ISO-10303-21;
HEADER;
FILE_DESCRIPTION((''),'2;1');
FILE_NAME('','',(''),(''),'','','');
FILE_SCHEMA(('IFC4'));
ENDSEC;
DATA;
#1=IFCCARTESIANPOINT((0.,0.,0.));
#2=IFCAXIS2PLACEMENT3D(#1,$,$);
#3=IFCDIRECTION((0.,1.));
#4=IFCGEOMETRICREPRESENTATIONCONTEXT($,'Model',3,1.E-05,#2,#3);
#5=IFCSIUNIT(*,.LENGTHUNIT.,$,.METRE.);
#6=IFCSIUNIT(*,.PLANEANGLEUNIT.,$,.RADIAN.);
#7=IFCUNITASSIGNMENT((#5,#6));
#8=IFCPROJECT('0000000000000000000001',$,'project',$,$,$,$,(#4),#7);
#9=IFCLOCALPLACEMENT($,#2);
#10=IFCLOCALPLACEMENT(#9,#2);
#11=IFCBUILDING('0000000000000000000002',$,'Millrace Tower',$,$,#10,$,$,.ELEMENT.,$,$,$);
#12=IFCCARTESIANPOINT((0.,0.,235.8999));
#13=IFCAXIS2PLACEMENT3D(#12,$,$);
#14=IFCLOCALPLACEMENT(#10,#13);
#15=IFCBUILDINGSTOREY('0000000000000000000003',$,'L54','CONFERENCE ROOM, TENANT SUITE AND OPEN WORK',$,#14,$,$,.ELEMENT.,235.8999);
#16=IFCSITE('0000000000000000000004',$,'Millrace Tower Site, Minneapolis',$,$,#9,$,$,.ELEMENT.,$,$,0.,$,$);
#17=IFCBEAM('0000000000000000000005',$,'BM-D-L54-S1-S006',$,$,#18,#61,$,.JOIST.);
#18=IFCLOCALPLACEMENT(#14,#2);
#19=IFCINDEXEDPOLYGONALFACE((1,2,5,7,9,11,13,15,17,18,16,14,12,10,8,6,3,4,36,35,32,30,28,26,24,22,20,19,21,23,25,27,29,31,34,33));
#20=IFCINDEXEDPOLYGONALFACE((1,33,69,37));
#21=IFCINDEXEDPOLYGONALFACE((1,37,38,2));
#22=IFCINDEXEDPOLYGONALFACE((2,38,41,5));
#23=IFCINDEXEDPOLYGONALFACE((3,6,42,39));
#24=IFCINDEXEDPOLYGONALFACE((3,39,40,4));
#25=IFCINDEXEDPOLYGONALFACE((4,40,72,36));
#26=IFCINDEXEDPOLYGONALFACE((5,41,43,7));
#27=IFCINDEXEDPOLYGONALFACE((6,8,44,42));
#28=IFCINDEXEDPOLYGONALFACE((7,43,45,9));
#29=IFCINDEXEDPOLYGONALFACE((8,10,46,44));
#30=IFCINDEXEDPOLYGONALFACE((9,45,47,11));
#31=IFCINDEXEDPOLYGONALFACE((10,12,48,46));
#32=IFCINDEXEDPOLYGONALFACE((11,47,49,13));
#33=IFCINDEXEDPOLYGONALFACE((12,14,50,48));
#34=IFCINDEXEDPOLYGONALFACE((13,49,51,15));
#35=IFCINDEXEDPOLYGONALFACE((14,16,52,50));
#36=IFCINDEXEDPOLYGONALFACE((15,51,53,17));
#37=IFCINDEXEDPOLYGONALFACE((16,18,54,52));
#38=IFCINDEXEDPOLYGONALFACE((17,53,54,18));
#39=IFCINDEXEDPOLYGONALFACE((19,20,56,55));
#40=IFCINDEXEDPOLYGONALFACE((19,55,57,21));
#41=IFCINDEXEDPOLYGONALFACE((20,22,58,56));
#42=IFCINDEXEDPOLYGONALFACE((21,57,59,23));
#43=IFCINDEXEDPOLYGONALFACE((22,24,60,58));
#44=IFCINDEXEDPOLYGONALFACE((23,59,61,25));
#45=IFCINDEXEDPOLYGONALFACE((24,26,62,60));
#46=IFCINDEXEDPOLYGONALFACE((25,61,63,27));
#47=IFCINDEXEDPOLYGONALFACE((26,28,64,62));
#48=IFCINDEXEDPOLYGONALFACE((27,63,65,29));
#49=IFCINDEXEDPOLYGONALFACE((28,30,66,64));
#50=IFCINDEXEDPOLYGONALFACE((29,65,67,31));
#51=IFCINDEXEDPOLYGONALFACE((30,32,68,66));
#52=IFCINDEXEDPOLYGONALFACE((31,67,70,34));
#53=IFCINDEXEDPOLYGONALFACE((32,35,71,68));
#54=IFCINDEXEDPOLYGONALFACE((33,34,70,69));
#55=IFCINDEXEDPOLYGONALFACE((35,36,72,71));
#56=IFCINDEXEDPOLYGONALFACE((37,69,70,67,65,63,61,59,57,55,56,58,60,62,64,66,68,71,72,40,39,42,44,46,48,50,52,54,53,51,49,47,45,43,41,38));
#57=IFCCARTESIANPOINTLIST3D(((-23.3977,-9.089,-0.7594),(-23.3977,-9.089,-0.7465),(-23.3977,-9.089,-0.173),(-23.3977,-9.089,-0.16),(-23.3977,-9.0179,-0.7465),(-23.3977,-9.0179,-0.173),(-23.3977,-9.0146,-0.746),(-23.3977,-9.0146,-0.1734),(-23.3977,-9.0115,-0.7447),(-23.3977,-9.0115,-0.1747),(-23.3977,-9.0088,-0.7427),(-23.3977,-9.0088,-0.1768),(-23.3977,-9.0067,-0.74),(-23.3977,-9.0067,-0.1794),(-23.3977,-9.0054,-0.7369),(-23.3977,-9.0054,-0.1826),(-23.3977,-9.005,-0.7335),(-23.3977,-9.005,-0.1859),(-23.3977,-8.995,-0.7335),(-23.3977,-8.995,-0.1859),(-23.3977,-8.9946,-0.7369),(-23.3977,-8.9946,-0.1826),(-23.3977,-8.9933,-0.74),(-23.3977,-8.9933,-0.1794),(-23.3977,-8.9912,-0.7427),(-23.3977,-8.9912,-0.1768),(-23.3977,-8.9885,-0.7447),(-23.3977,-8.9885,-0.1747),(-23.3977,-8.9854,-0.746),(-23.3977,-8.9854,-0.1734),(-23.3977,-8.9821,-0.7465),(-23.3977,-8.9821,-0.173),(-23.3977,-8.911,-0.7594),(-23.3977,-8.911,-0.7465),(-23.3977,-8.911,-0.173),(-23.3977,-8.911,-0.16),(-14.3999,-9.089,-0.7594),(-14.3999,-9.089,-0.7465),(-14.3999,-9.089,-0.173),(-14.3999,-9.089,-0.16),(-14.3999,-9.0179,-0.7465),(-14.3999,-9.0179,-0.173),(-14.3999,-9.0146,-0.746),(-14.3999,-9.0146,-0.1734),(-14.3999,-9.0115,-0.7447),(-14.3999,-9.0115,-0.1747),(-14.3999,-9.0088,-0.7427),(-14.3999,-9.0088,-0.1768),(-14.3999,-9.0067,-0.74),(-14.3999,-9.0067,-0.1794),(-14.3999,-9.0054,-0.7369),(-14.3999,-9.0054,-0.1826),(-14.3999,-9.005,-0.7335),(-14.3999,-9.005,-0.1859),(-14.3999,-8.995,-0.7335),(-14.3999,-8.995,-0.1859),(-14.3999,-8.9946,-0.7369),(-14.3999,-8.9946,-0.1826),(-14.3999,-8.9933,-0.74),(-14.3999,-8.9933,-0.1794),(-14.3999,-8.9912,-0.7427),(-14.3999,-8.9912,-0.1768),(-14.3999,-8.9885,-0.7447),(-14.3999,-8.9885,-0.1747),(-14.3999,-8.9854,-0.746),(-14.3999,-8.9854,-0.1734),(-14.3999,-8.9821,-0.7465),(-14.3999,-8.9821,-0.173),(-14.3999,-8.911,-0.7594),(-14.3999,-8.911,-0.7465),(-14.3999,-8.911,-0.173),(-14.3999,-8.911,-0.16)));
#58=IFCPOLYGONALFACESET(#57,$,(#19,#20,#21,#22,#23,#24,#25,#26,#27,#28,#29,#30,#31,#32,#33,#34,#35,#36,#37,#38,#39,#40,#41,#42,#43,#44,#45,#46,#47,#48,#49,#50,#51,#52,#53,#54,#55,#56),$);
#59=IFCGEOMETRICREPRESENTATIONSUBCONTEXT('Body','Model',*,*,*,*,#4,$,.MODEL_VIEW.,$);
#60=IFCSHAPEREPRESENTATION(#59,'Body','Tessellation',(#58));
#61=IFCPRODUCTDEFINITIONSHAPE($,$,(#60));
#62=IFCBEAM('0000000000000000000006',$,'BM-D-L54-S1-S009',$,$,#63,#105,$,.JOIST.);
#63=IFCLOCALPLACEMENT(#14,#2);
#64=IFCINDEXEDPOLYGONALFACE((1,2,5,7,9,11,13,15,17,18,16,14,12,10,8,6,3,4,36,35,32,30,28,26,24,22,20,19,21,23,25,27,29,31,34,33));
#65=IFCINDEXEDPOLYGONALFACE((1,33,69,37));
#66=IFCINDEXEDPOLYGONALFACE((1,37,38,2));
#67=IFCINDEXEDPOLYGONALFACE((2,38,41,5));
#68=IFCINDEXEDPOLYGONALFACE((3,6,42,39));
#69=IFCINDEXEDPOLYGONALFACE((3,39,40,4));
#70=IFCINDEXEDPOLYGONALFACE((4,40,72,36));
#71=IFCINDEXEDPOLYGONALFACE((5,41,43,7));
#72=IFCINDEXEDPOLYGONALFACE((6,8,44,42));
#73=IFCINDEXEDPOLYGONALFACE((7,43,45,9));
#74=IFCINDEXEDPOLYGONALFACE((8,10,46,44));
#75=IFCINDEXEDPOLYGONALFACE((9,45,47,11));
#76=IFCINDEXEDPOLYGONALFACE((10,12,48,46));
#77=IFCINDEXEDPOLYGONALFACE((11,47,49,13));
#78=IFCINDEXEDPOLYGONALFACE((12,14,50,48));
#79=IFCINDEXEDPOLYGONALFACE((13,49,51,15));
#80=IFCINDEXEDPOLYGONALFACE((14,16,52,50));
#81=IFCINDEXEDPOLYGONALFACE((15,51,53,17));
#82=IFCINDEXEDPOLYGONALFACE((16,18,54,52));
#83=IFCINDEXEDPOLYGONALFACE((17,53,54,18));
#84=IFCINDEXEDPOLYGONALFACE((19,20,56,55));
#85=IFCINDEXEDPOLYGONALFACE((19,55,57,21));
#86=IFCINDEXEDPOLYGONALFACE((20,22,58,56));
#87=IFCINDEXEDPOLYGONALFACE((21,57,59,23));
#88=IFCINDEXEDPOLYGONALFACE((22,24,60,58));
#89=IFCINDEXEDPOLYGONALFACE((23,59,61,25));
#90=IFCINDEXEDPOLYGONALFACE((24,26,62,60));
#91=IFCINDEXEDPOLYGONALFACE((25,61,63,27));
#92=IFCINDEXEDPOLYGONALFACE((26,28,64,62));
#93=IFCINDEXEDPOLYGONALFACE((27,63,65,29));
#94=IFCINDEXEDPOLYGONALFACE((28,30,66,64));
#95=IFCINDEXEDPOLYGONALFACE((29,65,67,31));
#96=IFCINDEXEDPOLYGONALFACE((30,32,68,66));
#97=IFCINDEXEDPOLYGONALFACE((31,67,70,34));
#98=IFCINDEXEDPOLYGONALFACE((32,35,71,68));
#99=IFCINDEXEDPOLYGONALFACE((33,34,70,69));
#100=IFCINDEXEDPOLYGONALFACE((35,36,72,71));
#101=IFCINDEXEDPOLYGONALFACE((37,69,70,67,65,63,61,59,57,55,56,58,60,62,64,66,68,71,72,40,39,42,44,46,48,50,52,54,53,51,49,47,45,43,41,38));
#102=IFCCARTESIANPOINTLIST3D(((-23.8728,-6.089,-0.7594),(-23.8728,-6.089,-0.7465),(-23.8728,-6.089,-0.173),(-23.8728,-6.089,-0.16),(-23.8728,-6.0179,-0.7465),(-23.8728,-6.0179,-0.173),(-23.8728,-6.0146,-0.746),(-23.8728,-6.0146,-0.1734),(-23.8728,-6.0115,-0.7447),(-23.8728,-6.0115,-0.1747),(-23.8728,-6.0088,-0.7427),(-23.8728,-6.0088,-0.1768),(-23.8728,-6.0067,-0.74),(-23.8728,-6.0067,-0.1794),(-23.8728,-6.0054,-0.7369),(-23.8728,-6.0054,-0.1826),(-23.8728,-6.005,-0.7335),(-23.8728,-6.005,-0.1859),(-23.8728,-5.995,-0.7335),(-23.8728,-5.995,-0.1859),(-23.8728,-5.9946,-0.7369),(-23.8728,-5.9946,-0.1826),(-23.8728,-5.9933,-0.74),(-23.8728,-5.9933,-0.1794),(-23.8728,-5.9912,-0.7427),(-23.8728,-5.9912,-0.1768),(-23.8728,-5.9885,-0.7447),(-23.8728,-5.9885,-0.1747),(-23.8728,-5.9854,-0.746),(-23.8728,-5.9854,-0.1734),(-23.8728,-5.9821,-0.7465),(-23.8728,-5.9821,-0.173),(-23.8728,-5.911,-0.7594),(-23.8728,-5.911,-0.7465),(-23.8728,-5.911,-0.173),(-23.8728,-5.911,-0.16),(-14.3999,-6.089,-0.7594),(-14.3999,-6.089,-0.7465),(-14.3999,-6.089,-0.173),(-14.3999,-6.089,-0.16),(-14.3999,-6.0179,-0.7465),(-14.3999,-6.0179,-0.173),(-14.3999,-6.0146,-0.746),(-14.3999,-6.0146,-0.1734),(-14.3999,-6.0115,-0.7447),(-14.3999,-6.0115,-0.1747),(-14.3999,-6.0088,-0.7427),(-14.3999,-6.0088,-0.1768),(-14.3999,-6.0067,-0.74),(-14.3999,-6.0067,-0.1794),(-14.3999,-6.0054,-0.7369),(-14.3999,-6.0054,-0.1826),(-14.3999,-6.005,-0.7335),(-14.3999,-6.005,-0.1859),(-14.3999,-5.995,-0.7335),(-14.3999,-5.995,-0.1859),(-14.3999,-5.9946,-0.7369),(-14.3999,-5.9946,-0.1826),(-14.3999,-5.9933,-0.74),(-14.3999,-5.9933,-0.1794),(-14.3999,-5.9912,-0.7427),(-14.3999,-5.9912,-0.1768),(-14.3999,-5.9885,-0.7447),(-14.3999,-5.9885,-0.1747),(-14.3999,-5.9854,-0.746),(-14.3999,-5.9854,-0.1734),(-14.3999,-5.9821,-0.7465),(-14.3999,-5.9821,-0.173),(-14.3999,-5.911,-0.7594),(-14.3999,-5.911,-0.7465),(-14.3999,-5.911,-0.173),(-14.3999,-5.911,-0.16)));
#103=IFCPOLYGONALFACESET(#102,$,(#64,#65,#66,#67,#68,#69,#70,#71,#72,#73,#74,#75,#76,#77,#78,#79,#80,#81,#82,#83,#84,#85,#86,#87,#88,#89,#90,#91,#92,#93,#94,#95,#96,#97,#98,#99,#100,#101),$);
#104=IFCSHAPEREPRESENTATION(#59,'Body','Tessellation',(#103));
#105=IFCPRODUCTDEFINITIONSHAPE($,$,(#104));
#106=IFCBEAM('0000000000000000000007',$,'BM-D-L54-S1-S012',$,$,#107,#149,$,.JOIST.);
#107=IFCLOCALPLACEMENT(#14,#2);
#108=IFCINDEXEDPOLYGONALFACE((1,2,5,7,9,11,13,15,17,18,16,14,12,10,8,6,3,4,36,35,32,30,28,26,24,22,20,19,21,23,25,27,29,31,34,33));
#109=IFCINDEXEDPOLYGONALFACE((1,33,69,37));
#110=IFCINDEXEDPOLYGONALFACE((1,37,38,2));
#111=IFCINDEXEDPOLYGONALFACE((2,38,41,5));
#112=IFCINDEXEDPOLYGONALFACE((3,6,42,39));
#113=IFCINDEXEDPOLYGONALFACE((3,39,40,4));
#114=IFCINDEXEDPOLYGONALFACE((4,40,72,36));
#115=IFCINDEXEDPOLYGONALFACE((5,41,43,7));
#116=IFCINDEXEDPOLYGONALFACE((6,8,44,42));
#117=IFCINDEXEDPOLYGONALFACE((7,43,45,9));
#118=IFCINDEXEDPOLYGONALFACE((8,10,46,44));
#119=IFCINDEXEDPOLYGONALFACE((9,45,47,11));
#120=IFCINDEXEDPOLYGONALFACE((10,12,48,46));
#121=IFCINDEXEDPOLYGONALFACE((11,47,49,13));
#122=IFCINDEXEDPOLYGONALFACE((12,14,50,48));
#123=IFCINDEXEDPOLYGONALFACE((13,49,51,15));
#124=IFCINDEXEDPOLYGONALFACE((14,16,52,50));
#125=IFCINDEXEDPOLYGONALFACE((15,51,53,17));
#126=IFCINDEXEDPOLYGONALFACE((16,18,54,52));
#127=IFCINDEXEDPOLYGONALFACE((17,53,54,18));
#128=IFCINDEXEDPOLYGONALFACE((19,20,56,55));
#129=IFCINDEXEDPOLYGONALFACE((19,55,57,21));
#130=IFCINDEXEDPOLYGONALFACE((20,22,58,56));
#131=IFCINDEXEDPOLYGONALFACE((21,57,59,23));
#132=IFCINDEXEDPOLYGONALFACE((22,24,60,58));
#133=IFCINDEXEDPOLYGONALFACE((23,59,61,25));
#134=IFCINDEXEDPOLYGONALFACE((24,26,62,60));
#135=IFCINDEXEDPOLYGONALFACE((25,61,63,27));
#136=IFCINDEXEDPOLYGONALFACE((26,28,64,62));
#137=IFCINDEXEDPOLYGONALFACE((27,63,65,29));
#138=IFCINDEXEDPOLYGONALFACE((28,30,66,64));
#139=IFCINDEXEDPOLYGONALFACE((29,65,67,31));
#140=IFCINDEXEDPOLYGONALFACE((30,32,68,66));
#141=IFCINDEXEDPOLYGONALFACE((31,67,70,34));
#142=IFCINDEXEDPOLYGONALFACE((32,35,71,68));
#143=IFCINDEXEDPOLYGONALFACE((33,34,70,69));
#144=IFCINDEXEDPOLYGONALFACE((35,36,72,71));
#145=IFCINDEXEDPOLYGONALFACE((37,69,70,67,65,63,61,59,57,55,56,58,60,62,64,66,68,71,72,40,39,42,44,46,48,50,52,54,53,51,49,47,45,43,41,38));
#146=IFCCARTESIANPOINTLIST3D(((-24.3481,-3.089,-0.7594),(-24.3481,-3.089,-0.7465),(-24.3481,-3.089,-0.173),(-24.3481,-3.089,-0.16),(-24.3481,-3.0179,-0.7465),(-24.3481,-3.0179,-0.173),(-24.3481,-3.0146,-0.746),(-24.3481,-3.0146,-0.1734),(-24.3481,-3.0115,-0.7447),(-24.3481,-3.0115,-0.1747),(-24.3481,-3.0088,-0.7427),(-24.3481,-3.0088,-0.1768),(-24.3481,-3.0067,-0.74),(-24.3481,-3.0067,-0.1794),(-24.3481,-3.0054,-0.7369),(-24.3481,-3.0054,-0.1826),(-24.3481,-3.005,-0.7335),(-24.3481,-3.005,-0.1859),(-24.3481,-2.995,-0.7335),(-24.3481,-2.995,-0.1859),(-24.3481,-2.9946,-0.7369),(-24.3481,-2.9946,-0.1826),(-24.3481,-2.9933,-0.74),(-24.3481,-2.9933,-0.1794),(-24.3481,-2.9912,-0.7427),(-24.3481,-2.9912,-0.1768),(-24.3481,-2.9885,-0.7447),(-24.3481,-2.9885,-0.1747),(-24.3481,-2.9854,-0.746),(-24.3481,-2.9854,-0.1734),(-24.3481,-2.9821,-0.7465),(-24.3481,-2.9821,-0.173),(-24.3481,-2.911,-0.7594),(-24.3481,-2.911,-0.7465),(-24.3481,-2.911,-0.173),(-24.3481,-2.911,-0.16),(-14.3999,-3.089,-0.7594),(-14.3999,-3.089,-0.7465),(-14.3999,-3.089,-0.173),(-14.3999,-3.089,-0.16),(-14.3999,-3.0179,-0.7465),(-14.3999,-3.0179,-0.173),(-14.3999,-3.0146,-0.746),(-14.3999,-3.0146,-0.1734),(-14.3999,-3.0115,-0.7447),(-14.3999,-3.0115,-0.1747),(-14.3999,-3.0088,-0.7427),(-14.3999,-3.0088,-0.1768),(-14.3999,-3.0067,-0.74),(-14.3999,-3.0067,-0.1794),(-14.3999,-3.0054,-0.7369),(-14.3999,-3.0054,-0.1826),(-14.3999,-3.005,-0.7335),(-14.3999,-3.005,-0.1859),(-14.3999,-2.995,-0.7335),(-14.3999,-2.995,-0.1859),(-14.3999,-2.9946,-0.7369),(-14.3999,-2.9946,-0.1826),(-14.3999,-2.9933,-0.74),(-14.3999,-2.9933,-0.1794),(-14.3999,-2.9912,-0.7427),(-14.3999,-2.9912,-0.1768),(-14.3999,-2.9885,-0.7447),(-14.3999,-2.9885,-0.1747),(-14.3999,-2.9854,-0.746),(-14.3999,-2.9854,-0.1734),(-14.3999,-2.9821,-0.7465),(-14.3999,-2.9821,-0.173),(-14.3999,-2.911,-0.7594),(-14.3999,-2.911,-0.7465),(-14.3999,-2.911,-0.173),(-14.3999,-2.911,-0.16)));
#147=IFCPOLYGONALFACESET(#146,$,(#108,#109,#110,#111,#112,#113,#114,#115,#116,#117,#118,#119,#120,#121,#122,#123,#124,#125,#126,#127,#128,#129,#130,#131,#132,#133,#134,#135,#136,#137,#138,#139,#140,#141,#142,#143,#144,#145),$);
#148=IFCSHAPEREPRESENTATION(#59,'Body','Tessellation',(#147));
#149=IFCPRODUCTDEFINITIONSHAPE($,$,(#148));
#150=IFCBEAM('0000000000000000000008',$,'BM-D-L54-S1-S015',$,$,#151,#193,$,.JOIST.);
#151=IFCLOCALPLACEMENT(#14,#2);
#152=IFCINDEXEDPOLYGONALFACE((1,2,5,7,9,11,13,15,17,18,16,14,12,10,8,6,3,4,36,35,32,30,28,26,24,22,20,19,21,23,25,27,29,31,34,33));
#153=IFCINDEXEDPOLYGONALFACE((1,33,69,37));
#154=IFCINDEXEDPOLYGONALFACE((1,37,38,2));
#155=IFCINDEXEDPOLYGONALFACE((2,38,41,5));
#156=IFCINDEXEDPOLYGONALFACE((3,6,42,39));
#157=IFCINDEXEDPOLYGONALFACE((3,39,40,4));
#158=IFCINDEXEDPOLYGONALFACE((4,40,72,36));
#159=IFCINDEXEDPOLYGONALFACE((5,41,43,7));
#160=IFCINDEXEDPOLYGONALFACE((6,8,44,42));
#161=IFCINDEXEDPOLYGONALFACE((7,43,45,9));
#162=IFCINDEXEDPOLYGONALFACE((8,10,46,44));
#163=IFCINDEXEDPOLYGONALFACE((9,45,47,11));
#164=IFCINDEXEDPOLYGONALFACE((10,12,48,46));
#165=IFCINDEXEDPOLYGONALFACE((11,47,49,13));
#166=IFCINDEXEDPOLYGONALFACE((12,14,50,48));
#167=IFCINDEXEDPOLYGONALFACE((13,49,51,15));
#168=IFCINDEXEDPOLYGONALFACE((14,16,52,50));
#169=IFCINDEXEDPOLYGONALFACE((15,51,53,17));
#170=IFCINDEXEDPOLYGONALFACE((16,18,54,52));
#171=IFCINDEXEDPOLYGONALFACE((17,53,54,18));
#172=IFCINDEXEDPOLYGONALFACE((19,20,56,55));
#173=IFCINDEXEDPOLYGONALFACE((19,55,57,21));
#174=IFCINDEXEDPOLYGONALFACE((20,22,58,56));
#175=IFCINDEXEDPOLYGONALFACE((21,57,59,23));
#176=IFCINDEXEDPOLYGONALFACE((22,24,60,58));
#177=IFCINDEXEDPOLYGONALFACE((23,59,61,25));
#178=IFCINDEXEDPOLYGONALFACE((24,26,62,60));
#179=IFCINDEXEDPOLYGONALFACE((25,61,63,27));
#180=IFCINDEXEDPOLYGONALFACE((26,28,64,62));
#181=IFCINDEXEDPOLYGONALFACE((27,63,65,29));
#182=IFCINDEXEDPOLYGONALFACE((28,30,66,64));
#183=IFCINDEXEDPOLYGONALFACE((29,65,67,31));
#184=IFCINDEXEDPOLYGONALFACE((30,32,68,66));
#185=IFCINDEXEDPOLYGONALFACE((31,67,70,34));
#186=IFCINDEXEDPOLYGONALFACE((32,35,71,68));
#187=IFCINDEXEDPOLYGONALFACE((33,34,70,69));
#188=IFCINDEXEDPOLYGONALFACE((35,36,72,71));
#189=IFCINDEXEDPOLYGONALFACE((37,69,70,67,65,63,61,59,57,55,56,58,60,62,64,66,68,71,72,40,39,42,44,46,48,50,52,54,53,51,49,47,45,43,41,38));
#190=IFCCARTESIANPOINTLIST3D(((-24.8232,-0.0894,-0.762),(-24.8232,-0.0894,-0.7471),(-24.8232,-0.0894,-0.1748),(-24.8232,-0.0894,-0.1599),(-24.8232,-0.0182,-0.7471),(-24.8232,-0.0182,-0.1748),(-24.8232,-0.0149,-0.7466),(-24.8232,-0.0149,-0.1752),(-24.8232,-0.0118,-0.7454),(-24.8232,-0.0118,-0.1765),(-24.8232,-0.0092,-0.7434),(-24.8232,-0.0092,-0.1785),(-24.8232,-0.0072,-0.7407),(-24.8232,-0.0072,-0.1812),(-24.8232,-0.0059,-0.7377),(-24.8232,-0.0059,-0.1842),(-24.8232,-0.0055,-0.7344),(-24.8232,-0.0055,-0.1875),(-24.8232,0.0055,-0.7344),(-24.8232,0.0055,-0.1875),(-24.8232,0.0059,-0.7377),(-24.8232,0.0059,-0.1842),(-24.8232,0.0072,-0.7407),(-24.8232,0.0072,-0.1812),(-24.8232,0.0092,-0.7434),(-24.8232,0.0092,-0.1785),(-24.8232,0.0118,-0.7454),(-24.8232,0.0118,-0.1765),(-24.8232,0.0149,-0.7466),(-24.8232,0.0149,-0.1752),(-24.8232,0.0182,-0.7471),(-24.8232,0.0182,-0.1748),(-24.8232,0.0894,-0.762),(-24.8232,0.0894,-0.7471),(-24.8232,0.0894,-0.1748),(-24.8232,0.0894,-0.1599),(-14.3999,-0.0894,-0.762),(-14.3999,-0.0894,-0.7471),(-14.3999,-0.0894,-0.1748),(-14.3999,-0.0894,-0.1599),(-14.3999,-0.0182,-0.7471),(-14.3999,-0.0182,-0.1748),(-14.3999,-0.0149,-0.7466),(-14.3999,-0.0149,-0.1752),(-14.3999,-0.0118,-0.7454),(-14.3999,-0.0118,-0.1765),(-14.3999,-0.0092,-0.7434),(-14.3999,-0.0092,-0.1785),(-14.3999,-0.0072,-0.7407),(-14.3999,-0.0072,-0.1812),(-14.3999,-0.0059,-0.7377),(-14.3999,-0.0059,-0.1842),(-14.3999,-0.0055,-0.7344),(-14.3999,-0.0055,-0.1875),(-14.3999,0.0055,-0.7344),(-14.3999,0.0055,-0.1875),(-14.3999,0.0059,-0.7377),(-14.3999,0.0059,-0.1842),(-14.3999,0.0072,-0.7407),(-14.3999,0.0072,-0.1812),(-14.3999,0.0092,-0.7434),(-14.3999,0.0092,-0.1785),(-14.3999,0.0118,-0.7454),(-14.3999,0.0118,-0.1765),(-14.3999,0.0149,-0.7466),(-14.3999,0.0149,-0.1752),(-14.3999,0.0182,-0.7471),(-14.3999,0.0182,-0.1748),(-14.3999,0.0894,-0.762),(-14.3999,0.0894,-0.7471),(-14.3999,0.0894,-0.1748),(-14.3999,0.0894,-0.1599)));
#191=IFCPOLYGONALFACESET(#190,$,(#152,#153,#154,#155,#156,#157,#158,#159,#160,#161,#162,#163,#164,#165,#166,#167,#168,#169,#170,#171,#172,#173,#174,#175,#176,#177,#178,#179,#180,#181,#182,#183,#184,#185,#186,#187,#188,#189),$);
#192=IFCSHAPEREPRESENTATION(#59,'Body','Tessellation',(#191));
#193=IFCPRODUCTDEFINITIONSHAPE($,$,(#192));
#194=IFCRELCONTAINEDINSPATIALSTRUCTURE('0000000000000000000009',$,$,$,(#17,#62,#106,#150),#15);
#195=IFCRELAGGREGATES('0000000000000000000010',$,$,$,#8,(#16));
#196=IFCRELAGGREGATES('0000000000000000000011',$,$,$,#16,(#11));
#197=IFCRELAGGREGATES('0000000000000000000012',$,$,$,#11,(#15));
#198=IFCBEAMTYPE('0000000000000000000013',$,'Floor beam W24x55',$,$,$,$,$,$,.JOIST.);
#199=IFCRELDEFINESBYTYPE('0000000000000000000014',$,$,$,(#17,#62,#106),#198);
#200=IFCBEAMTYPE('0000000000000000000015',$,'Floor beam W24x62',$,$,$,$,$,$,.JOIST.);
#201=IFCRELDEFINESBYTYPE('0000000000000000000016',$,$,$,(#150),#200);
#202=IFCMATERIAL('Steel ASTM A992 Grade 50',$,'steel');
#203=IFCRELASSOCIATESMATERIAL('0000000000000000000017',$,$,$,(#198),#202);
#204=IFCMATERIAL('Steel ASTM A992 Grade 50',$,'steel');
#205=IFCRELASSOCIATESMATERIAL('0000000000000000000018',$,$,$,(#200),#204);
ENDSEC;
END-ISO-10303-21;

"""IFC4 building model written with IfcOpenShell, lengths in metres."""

from ifc_helpers import new_model, si_unit, direction, frame, origin, origin_2d, place, context, subcontext, project, spatial, i_section, extrude, material, material_profile, profile_set, type_object, element, save


model = new_model("IFC4")

# Units and contexts
model_context = context("Model", 3, precision=1e-05, world=origin(), true_north=direction((0.0, 1.0)))
body_context = subcontext(model_context, "Body", "Model", "MODEL_VIEW")
ifc_project = project(units=[si_unit("LENGTHUNIT", "METRE"), si_unit("PLANEANGLEUNIT", "RADIAN")], contexts=[model_context])

# Site, building, storey
site_placement = place(None, origin())
site = spatial("IfcSite", under=ifc_project, at=site_placement, Name="Millrace Tower Site, Minneapolis", CompositionType="ELEMENT", RefElevation=0.0)
building_placement = place(site_placement, origin())
building = spatial("IfcBuilding", under=site, at=building_placement, Name="Millrace Tower", CompositionType="ELEMENT")
storey_placement = place(building_placement, frame((0.0, 0.0, 235.8999)))
storey = spatial("IfcBuildingStorey", under=building, at=storey_placement, Name="L54", Description="CONFERENCE ROOM, TENANT SUITE AND OPEN WORK", CompositionType="ELEMENT", Elevation=235.8999)

# Beams
ifc_material_1 = material(Name="Steel ASTM A992 Grade 50", Category="steel")
ifc_material_profile_1 = material_profile(ifc_material_1, i_section(OverallWidth=0.178, OverallDepth=0.5994, WebThickness=0.01, FlangeThickness=0.0129, FilletRadius=0.0129, at=origin_2d()))
ifc_profile_set_1 = profile_set([ifc_material_profile_1], Name="Steel ASTM A992 Grade 50")
beam_type_1 = type_object("IfcBeamType", Name="Floor beam W24x55", PredefinedType="JOIST", material=ifc_profile_set_1)
beam_1_placement = place(storey_placement, frame((-23.3977, -9.0, -0.4597), z_axis=(1.0, 0.0, 0.0), x_axis=(0.0, 1.0, 0.0)))
element("IfcBeam", 1, at=beam_1_placement, inside=storey, type_object=beam_type_1, Name="BM-D-L54-S1-S006", PredefinedType="JOIST", context=body_context, shape_type="SweptSolid", body=[
    extrude(i_section(OverallWidth=0.178, OverallDepth=0.5994, WebThickness=0.01, FlangeThickness=0.0129, FilletRadius=0.0129, at=origin_2d()), origin(), (0.0, 0.0, 1.0), 8.9978),
])
beam_2_placement = place(storey_placement, frame((-23.8728, -6.0, -0.4597), z_axis=(1.0, 0.0, 0.0), x_axis=(0.0, 1.0, 0.0)))
element("IfcBeam", 2, at=beam_2_placement, inside=storey, type_object=beam_type_1, Name="BM-D-L54-S1-S009", PredefinedType="JOIST", context=body_context, shape_type="SweptSolid", body=[
    extrude(i_section(OverallWidth=0.178, OverallDepth=0.5994, WebThickness=0.01, FlangeThickness=0.0129, FilletRadius=0.0129, at=origin_2d()), origin(), (0.0, 0.0, 1.0), 9.4729),
])
beam_3_placement = place(storey_placement, frame((-24.3481, -3.0, -0.4597), z_axis=(1.0, 0.0, 0.0), x_axis=(0.0, 1.0, 0.0)))
element("IfcBeam", 3, at=beam_3_placement, inside=storey, type_object=beam_type_1, Name="BM-D-L54-S1-S012", PredefinedType="JOIST", context=body_context, shape_type="SweptSolid", body=[
    extrude(i_section(OverallWidth=0.178, OverallDepth=0.5994, WebThickness=0.01, FlangeThickness=0.0129, FilletRadius=0.0129, at=origin_2d()), origin(), (0.0, 0.0, 1.0), 9.9482),
])
ifc_material_2 = material(Name="Steel ASTM A992 Grade 50", Category="steel")
ifc_material_profile_2 = material_profile(ifc_material_2, i_section(OverallWidth=0.1787, OverallDepth=0.6021, WebThickness=0.011, FlangeThickness=0.0149, FilletRadius=0.0127, at=origin_2d()))
ifc_profile_set_2 = profile_set([ifc_material_profile_2], Name="Steel ASTM A992 Grade 50")
beam_type_2 = type_object("IfcBeamType", Name="Floor beam W24x62", PredefinedType="JOIST", material=ifc_profile_set_2)
beam_4_placement = place(storey_placement, frame((-24.8232, 0.0, -0.4609), z_axis=(1.0, 0.0, 0.0), x_axis=(0.0, 1.0, 0.0)))
element("IfcBeam", 4, at=beam_4_placement, inside=storey, type_object=beam_type_2, Name="BM-D-L54-S1-S015", PredefinedType="JOIST", context=body_context, shape_type="SweptSolid", body=[
    extrude(i_section(OverallWidth=0.1787, OverallDepth=0.6021, WebThickness=0.011, FlangeThickness=0.0149, FilletRadius=0.0127, at=origin_2d()), origin(), (0.0, 0.0, 1.0), 10.4233),
])

save(model, "model.ifc")
